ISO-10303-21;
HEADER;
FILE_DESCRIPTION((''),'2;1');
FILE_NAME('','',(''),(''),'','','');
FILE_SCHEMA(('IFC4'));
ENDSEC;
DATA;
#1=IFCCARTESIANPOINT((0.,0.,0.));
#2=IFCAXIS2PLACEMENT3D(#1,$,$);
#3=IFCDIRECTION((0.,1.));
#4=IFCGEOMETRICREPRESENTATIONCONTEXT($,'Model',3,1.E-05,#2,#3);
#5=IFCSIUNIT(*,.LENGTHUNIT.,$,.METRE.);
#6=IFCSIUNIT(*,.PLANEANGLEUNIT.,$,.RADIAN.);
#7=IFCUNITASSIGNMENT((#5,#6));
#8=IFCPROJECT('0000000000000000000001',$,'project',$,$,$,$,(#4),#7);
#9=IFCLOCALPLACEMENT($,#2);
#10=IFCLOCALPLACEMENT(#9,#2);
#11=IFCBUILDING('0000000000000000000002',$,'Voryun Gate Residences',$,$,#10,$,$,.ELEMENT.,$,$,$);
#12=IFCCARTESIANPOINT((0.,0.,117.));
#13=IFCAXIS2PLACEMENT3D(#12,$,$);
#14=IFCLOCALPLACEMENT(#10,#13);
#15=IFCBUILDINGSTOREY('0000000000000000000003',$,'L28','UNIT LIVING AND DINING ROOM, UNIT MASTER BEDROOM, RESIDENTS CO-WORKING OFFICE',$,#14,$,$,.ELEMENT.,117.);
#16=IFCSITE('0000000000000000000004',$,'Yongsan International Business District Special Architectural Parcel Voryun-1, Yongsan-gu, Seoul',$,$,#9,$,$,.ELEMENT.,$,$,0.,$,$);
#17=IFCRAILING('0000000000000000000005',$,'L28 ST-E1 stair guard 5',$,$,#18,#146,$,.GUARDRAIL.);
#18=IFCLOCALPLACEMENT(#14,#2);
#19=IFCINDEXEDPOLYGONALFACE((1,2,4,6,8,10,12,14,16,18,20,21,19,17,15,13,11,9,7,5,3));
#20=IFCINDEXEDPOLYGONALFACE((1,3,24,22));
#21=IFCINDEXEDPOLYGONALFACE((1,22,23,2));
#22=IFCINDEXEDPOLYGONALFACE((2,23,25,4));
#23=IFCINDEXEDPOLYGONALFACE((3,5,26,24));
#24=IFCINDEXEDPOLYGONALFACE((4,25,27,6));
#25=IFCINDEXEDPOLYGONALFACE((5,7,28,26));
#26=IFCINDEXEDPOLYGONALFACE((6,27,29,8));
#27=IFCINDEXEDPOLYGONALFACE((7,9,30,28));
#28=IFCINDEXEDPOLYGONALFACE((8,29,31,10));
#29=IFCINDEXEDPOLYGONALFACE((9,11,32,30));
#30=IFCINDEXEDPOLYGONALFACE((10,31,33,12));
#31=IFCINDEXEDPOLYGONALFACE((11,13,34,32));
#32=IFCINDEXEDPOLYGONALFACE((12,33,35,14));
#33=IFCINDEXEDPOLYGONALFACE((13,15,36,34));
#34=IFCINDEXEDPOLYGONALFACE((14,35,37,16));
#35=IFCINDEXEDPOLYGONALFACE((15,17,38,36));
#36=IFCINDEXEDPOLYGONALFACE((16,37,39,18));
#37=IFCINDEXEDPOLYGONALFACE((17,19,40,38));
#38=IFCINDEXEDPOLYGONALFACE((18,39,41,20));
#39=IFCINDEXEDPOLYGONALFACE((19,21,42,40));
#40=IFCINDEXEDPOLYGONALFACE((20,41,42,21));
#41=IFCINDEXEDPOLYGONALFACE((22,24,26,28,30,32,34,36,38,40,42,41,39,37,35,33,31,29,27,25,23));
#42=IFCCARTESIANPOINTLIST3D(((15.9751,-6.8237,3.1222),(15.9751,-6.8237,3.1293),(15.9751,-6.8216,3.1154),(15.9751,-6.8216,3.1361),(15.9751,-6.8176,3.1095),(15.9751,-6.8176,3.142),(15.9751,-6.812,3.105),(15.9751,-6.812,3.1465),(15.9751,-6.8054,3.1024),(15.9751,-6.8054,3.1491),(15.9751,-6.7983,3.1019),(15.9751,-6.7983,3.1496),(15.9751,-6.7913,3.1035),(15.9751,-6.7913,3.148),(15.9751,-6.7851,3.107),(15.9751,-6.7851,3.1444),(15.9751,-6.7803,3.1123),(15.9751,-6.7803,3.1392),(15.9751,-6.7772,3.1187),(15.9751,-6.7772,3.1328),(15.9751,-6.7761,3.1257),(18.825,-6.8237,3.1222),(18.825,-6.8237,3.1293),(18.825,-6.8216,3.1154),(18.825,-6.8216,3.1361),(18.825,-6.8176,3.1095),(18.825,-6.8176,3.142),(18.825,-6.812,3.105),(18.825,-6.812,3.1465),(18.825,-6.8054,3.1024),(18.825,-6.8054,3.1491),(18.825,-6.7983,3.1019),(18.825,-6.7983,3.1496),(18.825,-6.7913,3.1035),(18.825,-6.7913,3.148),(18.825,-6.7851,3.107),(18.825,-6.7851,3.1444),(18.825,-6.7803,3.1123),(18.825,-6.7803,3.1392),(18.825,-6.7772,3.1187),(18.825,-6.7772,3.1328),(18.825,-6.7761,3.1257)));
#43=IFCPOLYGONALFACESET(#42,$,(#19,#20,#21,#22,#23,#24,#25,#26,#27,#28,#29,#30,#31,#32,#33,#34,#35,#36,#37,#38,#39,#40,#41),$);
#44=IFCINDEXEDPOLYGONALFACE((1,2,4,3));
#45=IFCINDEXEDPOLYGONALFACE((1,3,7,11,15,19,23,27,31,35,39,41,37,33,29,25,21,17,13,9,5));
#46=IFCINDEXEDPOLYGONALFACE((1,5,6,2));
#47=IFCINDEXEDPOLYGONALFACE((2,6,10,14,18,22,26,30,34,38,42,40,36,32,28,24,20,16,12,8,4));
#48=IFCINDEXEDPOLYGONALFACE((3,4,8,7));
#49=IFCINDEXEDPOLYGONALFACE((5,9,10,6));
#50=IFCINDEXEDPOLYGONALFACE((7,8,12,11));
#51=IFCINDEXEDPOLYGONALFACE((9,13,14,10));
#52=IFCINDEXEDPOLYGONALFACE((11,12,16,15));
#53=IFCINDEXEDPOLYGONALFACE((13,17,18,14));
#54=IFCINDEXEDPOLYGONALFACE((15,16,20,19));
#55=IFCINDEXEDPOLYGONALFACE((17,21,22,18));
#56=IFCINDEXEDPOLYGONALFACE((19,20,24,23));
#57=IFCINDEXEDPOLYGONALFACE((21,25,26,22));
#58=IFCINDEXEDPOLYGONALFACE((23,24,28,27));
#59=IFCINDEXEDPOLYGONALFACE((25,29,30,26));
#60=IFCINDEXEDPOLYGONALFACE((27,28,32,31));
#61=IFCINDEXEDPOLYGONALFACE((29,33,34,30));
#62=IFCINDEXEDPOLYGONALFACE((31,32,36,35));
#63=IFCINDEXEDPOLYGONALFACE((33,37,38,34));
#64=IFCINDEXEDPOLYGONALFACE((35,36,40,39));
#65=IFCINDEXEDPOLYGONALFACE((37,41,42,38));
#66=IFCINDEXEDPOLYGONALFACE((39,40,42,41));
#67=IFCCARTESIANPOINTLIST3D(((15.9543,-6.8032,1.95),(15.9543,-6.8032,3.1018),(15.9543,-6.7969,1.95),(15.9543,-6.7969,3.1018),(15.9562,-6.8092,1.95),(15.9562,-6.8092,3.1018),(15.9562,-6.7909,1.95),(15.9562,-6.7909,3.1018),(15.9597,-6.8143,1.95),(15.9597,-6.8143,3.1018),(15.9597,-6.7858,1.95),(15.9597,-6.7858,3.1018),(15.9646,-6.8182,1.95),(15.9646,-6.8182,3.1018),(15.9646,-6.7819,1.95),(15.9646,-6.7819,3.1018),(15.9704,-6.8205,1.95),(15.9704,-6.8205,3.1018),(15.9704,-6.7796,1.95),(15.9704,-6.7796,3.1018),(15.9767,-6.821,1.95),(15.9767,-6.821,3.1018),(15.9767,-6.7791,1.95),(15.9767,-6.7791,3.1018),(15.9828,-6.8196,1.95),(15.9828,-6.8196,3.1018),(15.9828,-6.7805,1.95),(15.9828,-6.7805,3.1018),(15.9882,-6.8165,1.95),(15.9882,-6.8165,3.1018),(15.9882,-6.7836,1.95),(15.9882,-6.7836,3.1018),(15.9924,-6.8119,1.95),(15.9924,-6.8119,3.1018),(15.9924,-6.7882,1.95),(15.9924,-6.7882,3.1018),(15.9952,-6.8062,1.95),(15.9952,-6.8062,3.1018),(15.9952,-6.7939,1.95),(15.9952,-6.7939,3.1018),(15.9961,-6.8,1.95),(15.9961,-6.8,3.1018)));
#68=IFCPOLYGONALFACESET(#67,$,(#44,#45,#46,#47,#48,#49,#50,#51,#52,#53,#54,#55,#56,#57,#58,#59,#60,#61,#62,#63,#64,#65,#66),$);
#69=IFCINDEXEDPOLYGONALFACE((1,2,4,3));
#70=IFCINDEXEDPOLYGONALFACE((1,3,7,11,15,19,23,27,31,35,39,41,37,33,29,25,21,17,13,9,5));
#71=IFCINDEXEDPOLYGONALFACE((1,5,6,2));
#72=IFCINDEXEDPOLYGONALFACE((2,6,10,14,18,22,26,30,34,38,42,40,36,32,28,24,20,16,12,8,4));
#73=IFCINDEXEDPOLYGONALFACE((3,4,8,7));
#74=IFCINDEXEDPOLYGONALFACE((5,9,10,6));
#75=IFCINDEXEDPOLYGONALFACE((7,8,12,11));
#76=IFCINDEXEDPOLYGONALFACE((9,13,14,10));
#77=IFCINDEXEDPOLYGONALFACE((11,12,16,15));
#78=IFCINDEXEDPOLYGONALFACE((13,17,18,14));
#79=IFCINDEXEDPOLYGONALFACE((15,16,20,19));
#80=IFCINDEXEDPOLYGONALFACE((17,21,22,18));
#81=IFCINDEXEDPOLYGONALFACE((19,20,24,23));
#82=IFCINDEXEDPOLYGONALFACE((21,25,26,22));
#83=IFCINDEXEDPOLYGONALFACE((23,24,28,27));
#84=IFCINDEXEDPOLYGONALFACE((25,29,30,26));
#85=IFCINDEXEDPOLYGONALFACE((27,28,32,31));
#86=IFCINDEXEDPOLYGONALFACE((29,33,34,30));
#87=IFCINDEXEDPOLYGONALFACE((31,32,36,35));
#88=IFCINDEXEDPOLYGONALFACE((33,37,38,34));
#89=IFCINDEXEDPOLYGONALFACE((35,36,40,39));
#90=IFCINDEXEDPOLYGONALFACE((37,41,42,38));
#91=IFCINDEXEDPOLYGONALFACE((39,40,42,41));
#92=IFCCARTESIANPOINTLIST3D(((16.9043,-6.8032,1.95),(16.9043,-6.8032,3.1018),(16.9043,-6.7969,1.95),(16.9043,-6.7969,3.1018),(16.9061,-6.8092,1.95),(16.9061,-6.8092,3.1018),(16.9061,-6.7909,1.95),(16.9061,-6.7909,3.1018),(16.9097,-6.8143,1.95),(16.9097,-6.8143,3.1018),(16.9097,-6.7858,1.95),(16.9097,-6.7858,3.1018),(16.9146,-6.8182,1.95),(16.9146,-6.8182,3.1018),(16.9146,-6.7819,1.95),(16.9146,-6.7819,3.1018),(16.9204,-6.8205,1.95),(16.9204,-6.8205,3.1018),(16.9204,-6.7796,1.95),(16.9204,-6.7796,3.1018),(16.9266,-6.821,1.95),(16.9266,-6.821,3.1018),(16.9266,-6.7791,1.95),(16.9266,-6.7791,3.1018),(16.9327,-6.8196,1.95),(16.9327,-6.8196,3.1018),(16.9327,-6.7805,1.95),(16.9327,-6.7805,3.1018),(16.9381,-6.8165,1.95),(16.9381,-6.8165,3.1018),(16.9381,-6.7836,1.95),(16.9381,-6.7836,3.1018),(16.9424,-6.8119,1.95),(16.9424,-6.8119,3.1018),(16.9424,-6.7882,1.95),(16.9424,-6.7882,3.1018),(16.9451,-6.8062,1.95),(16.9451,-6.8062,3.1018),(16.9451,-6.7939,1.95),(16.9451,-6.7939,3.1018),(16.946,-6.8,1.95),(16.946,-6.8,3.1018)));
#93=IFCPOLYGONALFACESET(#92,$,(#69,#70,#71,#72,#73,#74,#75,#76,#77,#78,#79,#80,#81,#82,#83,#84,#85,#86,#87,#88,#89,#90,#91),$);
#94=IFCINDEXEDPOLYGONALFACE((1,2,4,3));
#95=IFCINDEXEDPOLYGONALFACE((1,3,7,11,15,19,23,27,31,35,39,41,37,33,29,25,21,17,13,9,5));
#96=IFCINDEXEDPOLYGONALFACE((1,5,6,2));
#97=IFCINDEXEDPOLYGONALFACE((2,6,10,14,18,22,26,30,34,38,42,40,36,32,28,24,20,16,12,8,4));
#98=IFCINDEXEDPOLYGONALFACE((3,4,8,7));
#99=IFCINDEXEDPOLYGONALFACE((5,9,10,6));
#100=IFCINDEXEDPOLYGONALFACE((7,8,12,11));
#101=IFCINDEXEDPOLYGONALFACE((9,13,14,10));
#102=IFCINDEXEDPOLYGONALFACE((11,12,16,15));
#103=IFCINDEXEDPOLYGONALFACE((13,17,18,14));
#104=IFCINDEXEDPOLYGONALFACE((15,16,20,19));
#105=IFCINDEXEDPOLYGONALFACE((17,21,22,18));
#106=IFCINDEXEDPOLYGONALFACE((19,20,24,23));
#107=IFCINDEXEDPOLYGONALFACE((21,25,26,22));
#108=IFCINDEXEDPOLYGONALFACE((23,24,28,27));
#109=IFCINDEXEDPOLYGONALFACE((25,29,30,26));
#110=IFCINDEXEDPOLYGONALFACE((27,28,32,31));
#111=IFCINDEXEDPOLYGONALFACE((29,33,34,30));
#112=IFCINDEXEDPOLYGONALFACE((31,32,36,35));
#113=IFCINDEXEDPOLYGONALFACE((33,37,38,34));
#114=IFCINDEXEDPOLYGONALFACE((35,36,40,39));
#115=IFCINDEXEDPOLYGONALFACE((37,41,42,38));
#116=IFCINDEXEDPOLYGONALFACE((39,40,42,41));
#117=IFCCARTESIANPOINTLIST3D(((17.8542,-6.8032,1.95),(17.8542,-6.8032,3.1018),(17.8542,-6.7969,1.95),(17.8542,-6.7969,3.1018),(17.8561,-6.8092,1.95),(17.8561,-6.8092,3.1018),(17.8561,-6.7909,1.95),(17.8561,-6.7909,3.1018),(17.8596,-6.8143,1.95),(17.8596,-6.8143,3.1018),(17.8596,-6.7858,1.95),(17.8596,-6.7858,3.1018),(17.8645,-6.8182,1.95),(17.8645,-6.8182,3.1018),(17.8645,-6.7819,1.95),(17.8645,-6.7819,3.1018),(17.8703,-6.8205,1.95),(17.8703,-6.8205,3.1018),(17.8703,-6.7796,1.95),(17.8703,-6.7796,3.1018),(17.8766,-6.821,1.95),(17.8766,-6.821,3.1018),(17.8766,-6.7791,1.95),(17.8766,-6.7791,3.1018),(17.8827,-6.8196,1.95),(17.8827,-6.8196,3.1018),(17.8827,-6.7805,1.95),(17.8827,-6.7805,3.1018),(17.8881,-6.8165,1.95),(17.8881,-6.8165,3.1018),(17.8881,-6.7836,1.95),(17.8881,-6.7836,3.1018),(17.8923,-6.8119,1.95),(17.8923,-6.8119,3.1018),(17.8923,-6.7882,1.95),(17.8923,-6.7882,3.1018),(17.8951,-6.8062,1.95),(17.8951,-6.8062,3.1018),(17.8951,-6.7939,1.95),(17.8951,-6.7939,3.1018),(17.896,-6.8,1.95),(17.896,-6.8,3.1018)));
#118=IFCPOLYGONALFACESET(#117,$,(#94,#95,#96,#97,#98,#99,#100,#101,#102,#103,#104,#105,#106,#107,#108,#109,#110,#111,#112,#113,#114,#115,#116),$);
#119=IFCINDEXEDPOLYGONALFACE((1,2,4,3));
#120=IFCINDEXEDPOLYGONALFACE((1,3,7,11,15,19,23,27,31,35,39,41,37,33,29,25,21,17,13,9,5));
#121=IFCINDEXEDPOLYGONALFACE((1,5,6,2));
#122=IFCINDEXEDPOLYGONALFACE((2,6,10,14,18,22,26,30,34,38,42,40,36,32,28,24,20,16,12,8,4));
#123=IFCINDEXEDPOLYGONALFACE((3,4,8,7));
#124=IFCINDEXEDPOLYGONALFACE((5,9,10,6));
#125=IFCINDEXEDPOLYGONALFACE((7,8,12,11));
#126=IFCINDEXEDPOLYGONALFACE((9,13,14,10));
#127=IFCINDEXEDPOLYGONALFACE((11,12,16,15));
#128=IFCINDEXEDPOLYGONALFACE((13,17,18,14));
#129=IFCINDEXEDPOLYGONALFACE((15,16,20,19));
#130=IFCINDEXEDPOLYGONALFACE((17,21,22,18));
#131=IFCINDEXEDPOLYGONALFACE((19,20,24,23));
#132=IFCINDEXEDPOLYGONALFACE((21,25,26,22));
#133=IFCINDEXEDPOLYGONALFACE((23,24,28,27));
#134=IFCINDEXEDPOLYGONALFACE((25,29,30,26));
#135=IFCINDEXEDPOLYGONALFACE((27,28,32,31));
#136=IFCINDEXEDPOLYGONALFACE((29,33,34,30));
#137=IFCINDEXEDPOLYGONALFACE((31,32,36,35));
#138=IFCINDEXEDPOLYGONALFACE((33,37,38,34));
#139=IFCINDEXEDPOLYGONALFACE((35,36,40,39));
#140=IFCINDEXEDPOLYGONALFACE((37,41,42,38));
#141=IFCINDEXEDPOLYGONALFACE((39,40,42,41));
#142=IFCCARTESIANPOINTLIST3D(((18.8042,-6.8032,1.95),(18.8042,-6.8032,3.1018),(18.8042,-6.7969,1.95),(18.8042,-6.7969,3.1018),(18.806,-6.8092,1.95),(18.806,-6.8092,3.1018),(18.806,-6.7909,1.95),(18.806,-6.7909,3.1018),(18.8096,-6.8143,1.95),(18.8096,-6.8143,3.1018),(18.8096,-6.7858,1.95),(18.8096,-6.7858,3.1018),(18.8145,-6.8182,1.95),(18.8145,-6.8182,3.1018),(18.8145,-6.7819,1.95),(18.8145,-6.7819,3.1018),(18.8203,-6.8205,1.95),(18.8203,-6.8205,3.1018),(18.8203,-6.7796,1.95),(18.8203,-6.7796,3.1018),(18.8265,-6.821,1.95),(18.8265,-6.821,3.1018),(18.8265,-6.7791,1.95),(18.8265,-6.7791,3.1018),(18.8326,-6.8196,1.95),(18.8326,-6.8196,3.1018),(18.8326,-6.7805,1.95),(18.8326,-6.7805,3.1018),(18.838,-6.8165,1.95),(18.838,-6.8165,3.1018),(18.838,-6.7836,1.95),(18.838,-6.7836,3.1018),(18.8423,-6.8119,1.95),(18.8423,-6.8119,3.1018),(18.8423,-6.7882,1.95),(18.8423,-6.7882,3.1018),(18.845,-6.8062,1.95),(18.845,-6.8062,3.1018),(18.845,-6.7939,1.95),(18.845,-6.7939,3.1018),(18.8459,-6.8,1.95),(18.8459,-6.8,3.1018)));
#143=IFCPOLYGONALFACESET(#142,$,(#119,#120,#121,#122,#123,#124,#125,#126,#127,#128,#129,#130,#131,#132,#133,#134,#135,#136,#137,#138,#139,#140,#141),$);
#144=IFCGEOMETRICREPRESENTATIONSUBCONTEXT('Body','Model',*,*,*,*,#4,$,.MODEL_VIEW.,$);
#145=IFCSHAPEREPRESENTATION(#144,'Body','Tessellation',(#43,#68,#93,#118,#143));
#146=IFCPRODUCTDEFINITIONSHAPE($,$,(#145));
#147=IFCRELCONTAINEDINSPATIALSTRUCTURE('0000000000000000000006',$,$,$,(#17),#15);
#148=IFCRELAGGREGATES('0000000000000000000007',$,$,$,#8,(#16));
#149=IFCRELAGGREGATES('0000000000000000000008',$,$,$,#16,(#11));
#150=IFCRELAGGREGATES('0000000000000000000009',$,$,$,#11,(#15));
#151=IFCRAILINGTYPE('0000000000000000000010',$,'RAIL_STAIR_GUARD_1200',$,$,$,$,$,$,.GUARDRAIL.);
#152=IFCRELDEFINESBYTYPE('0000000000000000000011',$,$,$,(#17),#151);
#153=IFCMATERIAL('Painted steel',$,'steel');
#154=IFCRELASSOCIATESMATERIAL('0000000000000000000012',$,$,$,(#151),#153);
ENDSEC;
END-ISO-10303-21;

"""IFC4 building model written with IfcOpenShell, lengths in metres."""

from ifc_helpers import new_model, si_unit, direction, frame, origin, origin_2d, place, context, subcontext, project, spatial, circle, extrude, material, type_object, element, save


model = new_model("IFC4")

# Units and contexts
model_context = context("Model", 3, precision=1e-05, world=origin(), true_north=direction((0.0, 1.0)))
body_context = subcontext(model_context, "Body", "Model", "MODEL_VIEW")
ifc_project = project(units=[si_unit("LENGTHUNIT", "METRE"), si_unit("PLANEANGLEUNIT", "RADIAN")], contexts=[model_context])

# Site, building, storey
site_placement = place(None, origin())
site = spatial("IfcSite", under=ifc_project, at=site_placement, Name="Yongsan International Business District Special Architectural Parcel Voryun-1, Yongsan-gu, Seoul", CompositionType="ELEMENT", RefElevation=0.0)
building_placement = place(site_placement, origin())
building = spatial("IfcBuilding", under=site, at=building_placement, Name="Voryun Gate Residences", CompositionType="ELEMENT")
storey_placement = place(building_placement, frame((0.0, 0.0, 117.0)))
storey = spatial("IfcBuildingStorey", under=building, at=storey_placement, Name="L28", Description="UNIT LIVING AND DINING ROOM, UNIT MASTER BEDROOM, RESIDENTS CO-WORKING OFFICE", CompositionType="ELEMENT", Elevation=117.0)

# Railing
ifc_material_1 = material(Name="Painted steel", Category="steel")
railing_type_1 = type_object("IfcRailingType", Name="RAIL_STAIR_GUARD_1200", PredefinedType="GUARDRAIL", material=ifc_material_1)
railing_1_placement = place(storey_placement, frame((15.9751, -6.8, 1.95)))
element("IfcRailing", 1, at=railing_1_placement, inside=storey, type_object=railing_type_1, Name="L28 ST-E1 stair guard 5", PredefinedType="GUARDRAIL", context=body_context, shape_type="SweptSolid", body=[
    extrude(circle(Radius=0.0239, at=origin_2d()), frame((0.0, 0.0, 1.1758), z_axis=(1.0, 0.0, 0.0), x_axis=(0.0, 1.0, 0.0)), (0.0, 0.0, 1.0), 2.8499),
    extrude(circle(Radius=0.021, at=origin_2d()), origin(), (0.0, 0.0, 1.0), 1.1519),
    extrude(circle(Radius=0.021, at=origin_2d()), frame((0.95, 0.0, 0.0)), (0.0, 0.0, 1.0), 1.1519),
    extrude(circle(Radius=0.021, at=origin_2d()), frame((1.8999, 0.0, 0.0)), (0.0, 0.0, 1.0), 1.1519),
    extrude(circle(Radius=0.021, at=origin_2d()), frame((2.8499, 0.0, 0.0)), (0.0, 0.0, 1.0), 1.1519),
])

save(model, "model.ifc")
